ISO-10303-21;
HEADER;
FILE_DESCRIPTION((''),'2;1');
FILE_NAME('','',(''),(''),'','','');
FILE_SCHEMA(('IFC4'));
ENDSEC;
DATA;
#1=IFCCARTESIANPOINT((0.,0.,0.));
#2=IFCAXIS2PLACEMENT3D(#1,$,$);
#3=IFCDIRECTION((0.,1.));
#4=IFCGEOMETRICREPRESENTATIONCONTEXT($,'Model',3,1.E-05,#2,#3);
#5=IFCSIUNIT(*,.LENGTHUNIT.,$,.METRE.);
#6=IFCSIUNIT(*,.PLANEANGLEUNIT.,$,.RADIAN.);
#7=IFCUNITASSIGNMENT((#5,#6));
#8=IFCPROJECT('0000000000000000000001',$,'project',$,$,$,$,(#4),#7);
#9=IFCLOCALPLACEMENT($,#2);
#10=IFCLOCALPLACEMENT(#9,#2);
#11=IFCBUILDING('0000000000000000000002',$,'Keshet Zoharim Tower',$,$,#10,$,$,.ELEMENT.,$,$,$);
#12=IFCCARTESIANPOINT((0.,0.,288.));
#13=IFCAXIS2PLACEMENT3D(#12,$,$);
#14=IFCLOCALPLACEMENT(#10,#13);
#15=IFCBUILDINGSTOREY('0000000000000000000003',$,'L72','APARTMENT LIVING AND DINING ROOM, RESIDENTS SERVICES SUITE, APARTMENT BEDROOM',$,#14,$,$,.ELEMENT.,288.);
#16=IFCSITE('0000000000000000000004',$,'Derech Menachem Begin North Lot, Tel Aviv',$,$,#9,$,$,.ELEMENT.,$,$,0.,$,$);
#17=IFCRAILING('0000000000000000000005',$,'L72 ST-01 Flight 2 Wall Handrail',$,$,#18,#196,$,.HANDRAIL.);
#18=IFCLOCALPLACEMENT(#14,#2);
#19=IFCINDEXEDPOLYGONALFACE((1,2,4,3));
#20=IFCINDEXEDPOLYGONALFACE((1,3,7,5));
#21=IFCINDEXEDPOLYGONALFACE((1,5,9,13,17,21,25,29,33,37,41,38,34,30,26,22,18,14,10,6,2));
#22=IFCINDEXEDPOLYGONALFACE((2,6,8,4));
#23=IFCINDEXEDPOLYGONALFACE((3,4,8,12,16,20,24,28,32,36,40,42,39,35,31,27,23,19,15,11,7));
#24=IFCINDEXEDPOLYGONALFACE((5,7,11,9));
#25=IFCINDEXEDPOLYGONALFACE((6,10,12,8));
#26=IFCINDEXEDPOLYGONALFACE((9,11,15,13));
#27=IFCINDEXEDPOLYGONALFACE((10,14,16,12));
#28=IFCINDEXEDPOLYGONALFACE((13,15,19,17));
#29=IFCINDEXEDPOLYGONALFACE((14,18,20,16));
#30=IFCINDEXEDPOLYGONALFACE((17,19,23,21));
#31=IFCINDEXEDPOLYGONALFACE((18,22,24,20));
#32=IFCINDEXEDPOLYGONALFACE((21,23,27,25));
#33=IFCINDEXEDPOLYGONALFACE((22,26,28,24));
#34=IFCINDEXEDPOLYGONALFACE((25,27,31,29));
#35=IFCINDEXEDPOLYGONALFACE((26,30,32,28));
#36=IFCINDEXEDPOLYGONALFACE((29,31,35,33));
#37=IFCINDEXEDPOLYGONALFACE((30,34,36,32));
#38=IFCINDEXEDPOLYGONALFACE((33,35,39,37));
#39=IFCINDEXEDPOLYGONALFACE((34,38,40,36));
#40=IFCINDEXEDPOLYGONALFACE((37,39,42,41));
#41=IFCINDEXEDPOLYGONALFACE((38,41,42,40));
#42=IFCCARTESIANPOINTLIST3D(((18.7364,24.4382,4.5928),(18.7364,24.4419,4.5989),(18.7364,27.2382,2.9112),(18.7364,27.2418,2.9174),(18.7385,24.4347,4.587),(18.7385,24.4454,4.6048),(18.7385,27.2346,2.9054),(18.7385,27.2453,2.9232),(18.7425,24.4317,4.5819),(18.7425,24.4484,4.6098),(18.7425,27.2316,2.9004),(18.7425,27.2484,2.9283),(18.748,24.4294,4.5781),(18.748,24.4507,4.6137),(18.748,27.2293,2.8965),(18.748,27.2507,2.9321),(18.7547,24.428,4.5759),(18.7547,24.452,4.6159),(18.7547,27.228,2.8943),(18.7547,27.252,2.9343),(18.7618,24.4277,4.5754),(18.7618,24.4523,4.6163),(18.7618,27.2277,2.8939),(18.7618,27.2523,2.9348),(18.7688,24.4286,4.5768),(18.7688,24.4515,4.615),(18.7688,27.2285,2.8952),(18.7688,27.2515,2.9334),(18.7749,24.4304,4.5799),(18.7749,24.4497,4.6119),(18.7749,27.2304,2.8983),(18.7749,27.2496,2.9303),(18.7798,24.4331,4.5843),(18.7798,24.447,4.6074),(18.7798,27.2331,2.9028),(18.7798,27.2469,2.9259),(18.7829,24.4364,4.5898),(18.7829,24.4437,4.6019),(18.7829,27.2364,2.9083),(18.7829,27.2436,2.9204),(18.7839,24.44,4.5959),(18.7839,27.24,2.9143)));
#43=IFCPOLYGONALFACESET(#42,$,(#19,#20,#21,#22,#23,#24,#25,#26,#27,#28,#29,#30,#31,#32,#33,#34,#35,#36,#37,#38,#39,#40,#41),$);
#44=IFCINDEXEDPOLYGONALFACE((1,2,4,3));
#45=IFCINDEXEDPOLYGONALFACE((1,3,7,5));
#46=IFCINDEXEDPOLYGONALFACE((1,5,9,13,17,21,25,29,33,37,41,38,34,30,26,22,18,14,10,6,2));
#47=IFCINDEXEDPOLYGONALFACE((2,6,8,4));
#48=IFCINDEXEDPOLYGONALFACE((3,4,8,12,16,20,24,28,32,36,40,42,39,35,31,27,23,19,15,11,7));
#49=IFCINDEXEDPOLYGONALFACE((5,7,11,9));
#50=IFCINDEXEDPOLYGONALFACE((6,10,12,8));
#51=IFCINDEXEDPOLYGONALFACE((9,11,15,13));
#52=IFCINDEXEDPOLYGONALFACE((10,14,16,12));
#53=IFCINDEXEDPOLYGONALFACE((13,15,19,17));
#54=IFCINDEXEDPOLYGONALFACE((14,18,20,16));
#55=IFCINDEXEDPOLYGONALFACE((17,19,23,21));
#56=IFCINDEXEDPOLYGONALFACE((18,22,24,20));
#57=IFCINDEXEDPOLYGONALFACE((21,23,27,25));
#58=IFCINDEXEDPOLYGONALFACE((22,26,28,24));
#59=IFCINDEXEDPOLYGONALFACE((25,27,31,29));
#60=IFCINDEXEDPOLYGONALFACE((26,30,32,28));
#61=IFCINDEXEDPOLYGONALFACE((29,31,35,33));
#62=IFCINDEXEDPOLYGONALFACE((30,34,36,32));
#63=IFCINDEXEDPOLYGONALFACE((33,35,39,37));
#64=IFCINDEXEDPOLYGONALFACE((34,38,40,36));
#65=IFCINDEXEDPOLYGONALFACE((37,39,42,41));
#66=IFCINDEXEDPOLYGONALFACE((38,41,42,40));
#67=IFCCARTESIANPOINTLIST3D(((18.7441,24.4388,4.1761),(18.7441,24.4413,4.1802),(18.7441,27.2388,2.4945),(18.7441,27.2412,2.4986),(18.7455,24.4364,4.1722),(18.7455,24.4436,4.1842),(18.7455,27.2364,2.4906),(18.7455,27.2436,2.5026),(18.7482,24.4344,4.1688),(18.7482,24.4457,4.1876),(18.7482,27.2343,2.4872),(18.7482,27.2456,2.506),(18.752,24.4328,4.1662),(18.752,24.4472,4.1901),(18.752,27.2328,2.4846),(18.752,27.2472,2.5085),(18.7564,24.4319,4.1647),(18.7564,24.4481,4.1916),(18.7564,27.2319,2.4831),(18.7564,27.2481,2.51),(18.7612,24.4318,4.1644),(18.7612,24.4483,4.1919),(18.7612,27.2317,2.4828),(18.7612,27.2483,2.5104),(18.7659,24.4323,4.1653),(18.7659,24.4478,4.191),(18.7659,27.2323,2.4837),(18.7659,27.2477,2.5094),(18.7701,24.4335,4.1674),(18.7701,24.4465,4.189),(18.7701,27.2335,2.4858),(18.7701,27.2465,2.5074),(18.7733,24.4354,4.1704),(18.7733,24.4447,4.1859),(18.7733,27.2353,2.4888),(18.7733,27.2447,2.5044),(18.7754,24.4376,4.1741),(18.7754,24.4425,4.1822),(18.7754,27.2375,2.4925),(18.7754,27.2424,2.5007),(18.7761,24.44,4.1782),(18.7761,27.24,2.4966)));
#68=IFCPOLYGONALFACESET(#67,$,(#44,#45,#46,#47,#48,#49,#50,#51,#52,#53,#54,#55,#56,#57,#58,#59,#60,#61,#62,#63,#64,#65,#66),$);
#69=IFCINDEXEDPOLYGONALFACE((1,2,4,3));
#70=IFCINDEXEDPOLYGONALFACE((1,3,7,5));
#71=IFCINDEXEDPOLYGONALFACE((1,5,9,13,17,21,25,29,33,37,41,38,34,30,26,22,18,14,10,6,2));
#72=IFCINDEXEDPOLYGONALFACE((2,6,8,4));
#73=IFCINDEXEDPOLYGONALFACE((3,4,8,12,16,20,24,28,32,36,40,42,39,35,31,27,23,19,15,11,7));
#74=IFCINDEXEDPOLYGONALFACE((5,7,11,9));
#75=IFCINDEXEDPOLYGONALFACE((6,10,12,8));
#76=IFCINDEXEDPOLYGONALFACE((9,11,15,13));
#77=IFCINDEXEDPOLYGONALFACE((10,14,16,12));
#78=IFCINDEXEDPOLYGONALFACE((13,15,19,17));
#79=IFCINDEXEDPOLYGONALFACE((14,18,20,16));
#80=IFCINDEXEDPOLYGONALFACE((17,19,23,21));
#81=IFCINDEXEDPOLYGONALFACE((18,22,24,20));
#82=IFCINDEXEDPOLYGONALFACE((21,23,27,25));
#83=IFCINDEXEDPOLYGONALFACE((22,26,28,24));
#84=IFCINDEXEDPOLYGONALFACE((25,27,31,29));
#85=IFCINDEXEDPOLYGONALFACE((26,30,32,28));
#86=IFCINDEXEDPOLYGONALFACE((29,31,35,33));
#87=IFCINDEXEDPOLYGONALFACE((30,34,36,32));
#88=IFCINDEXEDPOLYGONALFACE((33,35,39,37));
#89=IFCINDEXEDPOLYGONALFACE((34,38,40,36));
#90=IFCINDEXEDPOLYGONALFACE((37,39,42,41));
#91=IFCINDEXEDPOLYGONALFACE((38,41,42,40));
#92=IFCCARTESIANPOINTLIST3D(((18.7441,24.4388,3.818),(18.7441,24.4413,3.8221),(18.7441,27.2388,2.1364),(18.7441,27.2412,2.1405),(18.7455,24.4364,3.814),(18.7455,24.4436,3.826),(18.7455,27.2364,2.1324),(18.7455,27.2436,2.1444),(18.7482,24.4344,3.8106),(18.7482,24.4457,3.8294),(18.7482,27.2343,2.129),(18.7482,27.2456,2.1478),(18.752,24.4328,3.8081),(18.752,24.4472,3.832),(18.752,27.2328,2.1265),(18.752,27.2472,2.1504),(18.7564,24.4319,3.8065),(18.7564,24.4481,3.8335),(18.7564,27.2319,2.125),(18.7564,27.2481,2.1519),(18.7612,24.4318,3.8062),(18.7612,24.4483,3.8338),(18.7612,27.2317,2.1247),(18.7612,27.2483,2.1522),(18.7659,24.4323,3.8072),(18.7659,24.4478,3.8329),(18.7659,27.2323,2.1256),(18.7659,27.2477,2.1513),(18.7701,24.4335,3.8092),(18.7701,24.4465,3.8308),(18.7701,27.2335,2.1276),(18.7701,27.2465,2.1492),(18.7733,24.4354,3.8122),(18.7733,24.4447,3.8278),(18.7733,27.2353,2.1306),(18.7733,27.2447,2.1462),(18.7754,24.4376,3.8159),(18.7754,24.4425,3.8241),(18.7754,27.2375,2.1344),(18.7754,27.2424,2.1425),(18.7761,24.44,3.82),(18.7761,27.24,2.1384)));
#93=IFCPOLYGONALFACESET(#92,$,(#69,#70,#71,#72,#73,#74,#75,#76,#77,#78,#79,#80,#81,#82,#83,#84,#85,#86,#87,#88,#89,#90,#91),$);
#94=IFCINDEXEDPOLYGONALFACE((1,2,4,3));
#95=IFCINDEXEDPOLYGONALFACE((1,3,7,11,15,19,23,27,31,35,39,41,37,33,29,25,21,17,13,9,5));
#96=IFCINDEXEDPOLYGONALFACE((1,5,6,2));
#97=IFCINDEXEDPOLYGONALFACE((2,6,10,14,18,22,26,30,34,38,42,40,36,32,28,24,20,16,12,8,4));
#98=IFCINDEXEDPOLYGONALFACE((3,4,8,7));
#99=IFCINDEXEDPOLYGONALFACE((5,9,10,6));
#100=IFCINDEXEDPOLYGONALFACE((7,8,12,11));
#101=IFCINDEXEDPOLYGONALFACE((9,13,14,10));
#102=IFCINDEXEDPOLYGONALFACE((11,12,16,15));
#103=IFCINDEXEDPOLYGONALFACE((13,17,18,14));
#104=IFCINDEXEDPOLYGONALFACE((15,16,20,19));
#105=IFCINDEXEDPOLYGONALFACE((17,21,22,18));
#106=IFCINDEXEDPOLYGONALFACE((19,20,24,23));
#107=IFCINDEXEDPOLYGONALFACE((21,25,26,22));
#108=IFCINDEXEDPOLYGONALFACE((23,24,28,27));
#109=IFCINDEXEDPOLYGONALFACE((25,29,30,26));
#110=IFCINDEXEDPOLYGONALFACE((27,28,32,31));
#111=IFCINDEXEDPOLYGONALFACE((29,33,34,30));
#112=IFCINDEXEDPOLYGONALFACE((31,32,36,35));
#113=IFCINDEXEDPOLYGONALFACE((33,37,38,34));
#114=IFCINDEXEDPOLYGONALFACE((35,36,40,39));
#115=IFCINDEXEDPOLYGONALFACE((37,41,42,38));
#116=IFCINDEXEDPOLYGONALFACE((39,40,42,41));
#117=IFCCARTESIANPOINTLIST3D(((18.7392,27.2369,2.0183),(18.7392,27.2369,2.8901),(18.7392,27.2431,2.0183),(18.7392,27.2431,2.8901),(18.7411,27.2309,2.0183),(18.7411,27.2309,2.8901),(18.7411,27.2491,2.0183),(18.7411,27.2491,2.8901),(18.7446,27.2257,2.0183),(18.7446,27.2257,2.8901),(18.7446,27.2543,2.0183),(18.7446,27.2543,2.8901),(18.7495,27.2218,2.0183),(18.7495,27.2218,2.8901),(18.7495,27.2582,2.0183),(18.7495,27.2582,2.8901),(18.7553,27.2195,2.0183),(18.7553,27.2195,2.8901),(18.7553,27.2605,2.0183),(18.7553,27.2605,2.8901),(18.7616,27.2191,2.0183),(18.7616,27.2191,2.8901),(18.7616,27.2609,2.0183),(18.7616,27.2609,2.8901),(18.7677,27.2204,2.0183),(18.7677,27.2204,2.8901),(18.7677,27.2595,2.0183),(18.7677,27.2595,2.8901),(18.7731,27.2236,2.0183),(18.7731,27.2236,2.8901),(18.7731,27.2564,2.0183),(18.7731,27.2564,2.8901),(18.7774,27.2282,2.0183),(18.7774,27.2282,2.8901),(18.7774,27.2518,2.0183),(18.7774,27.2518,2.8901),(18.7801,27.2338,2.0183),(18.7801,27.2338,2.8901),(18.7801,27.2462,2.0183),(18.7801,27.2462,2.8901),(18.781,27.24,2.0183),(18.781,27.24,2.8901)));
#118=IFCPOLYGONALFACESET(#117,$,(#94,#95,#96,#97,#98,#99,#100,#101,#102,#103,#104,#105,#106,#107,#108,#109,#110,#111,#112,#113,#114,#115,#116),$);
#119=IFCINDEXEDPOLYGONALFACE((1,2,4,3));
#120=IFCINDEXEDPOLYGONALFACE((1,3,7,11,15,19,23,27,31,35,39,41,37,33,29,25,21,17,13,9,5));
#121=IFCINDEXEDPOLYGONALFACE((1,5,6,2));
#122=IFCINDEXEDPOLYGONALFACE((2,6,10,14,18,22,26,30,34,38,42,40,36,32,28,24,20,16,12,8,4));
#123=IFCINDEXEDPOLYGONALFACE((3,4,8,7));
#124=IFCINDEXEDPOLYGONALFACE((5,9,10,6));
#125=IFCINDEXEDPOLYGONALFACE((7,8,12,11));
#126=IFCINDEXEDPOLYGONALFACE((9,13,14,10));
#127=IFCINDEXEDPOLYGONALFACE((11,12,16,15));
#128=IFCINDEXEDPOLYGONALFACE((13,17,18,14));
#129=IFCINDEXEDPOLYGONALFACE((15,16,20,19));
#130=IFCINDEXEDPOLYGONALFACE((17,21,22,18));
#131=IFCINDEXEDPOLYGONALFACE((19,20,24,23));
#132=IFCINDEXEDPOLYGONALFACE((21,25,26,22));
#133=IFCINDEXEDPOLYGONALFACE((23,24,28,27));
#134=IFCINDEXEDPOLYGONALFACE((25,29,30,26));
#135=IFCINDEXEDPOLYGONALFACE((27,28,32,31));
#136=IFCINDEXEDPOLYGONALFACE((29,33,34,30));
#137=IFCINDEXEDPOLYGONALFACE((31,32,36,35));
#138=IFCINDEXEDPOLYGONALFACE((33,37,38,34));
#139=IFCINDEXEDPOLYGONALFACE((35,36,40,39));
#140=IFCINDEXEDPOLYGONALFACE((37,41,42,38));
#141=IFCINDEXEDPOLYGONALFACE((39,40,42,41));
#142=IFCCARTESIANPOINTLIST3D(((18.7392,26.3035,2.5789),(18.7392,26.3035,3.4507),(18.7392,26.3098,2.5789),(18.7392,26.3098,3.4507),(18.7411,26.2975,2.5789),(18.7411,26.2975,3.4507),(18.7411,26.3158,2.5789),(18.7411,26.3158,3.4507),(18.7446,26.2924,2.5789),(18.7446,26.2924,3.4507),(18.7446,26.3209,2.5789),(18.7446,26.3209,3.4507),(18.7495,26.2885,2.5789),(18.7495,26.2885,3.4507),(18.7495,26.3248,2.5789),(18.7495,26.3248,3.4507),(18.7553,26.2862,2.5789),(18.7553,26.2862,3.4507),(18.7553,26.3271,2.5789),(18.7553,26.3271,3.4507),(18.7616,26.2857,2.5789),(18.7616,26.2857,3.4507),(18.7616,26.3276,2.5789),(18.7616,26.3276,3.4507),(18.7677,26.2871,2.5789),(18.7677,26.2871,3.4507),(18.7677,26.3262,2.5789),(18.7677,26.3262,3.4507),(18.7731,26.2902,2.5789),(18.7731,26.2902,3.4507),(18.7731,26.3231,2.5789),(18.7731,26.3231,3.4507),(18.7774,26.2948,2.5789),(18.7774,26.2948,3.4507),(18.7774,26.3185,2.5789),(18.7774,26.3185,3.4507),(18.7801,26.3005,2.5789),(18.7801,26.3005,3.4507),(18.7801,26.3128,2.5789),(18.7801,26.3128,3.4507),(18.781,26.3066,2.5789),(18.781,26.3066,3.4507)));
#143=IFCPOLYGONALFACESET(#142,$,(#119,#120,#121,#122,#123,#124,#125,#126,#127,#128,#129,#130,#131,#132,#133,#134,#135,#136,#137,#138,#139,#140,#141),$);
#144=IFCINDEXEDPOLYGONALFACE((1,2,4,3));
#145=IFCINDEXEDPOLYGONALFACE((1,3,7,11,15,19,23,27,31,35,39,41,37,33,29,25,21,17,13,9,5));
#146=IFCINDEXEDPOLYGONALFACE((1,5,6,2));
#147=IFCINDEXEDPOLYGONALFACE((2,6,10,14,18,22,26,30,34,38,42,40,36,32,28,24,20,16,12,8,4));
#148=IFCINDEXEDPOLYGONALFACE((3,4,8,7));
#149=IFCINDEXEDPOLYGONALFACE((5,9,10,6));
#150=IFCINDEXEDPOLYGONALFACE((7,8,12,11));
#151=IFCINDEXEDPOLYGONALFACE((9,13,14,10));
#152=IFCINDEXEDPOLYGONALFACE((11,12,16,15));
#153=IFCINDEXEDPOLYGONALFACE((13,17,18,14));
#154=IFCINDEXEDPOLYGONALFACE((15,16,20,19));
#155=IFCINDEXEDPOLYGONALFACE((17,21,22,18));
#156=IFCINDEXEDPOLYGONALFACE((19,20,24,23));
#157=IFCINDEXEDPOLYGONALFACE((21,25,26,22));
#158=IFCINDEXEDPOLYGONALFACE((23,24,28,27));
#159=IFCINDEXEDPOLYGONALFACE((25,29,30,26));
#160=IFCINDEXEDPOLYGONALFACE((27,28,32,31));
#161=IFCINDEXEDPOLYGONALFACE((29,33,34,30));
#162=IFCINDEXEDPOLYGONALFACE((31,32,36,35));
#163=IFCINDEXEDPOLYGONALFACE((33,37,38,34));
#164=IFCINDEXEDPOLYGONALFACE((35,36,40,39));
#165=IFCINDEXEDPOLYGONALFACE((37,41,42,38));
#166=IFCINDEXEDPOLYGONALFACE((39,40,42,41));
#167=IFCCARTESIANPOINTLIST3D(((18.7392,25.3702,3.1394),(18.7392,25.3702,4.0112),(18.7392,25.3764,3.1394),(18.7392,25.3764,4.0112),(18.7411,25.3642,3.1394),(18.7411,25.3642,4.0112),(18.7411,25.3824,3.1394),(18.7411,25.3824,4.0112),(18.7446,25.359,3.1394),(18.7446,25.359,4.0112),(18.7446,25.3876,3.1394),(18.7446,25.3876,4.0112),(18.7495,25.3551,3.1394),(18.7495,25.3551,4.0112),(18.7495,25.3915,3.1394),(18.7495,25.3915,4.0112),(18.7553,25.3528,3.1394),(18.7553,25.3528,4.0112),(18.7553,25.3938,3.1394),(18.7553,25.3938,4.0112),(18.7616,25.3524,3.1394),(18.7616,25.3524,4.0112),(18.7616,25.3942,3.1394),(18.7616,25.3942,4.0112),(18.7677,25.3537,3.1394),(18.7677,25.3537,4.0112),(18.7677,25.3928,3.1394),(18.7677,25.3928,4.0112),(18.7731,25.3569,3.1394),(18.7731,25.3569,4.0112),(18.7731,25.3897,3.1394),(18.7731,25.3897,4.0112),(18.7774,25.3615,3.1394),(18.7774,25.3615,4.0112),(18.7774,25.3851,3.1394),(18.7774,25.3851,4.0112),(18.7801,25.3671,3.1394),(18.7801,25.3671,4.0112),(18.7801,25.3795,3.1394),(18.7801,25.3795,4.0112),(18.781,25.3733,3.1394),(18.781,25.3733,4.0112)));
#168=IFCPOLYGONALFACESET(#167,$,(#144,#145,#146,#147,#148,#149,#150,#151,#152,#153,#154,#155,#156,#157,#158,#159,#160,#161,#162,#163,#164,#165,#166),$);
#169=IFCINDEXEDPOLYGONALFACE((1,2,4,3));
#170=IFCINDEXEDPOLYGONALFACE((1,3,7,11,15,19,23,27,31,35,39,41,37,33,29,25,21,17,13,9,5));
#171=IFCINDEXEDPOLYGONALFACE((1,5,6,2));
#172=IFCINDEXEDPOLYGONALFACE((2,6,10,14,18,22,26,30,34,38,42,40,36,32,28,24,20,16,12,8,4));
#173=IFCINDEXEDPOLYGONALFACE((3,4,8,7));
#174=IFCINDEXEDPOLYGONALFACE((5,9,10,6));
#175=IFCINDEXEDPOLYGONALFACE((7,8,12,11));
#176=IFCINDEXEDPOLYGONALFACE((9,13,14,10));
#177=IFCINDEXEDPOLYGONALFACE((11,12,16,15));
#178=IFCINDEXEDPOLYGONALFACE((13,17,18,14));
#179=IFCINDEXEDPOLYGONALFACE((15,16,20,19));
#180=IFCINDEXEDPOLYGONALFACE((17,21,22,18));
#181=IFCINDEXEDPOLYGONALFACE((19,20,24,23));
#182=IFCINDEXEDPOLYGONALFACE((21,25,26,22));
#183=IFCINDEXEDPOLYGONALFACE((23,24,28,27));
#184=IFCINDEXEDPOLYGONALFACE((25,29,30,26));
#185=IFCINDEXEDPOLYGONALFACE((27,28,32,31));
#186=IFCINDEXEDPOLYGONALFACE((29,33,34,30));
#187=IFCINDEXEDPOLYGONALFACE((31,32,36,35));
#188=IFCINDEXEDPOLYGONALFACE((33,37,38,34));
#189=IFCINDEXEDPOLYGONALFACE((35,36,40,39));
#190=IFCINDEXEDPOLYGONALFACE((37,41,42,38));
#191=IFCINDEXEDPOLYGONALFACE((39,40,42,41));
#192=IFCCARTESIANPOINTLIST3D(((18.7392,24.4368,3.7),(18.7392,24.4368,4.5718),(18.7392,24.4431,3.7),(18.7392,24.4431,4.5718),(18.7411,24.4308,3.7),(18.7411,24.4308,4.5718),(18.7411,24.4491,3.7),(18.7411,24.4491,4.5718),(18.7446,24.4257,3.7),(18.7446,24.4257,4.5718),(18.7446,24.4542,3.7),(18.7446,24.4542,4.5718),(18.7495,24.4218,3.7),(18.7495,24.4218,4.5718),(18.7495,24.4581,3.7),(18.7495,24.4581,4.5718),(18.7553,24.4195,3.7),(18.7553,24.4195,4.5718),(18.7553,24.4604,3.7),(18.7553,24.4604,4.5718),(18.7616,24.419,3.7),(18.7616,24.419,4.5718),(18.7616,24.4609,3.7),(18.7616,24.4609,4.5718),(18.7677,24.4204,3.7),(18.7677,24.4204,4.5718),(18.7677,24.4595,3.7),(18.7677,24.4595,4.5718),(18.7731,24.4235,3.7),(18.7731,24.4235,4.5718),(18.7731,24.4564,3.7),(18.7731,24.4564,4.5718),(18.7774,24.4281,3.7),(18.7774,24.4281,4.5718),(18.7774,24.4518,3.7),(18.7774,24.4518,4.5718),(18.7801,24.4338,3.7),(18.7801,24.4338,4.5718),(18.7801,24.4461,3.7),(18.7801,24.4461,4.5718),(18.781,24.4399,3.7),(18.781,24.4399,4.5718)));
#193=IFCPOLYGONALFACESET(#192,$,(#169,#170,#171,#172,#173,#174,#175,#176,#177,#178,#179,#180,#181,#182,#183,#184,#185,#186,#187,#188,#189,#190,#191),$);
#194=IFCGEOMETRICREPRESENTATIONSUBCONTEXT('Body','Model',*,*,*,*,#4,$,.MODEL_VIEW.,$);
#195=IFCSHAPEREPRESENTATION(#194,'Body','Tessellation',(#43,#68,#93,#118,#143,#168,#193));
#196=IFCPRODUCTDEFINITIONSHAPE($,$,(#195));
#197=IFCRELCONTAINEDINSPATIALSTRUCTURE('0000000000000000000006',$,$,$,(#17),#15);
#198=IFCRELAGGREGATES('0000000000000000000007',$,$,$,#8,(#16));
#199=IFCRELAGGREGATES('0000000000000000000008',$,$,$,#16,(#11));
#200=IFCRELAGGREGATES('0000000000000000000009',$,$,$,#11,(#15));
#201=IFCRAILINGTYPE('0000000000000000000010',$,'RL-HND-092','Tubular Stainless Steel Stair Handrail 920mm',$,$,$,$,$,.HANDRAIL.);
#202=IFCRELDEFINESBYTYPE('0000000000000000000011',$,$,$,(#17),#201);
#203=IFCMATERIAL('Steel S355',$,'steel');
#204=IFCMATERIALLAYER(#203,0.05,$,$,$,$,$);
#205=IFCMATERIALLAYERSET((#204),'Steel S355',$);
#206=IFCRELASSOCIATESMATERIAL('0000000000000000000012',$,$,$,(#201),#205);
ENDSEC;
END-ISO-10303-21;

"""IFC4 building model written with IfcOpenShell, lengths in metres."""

from ifc_helpers import new_model, si_unit, direction, frame, origin, origin_2d, place, context, subcontext, project, spatial, circle, extrude, material, layer, layer_set, type_object, element, save


model = new_model("IFC4")

# Units and contexts
model_context = context("Model", 3, precision=1e-05, world=origin(), true_north=direction((0.0, 1.0)))
body_context = subcontext(model_context, "Body", "Model", "MODEL_VIEW")
ifc_project = project(units=[si_unit("LENGTHUNIT", "METRE"), si_unit("PLANEANGLEUNIT", "RADIAN")], contexts=[model_context])

# Site, building, storey
site_placement = place(None, origin())
site = spatial("IfcSite", under=ifc_project, at=site_placement, Name="Derech Menachem Begin North Lot, Tel Aviv", CompositionType="ELEMENT", RefElevation=0.0)
building_placement = place(site_placement, origin())
building = spatial("IfcBuilding", under=site, at=building_placement, Name="Keshet Zoharim Tower", CompositionType="ELEMENT")
storey_placement = place(building_placement, frame((0.0, 0.0, 288.0)))
storey = spatial("IfcBuildingStorey", under=building, at=storey_placement, Name="L72", Description="APARTMENT LIVING AND DINING ROOM, RESIDENTS SERVICES SUITE, APARTMENT BEDROOM", CompositionType="ELEMENT", Elevation=288.0)

# Shared definitions
ifc_material_1 = material(Name="Steel S355", Category="steel")

# Railing
ifc_layer_1 = layer(ifc_material_1, 0.05)
ifc_layer_set_1 = layer_set([ifc_layer_1], Name="Steel S355")
railing_type_1 = type_object("IfcRailingType", Name="RL-HND-092", Description="Tubular Stainless Steel Stair Handrail 920mm", PredefinedType="HANDRAIL", material=ifc_layer_set_1)
railing_1_placement = place(storey_placement, frame((18.76, 27.24, 2.0183)))
element("IfcRailing", 1, at=railing_1_placement, inside=storey, type_object=railing_type_1, Name="L72 ST-01 Flight 2 Wall Handrail", PredefinedType="HANDRAIL", context=body_context, shape_type="SweptSolid", body=[
    extrude(circle(Radius=0.0239, at=origin_2d()), frame((0.0, 0.0, 0.896), z_axis=(0.0, -0.857275, 0.514858), x_axis=(1.0, 0.0, 0.0)), (0.0, 0.0, 1.0), 3.2661),
    extrude(circle(Radius=0.0161, at=origin_2d()), frame((0.0, 0.0, 0.4783), z_axis=(0.0, -0.857275, 0.514858), x_axis=(1.0, 0.0, 0.0)), (0.0, 0.0, 1.0), 3.2661),
    extrude(circle(Radius=0.0161, at=origin_2d()), frame((0.0, 0.0, 0.1201), z_axis=(0.0, -0.857275, 0.514858), x_axis=(1.0, 0.0, 0.0)), (0.0, 0.0, 1.0), 3.2661),
    extrude(circle(Radius=0.021, at=origin_2d()), origin(), (0.0, 0.0, 1.0), 0.8718),
    extrude(circle(Radius=0.021, at=origin_2d()), frame((0.0, -0.9333, 0.5605)), (0.0, 0.0, 1.0), 0.8718),
    extrude(circle(Radius=0.021, at=origin_2d()), frame((0.0, -1.8667, 1.1211)), (0.0, 0.0, 1.0), 0.8718),
    extrude(circle(Radius=0.021, at=origin_2d()), frame((0.0, -2.8, 1.6816)), (0.0, 0.0, 1.0), 0.8718),
])

save(model, "model.ifc")
